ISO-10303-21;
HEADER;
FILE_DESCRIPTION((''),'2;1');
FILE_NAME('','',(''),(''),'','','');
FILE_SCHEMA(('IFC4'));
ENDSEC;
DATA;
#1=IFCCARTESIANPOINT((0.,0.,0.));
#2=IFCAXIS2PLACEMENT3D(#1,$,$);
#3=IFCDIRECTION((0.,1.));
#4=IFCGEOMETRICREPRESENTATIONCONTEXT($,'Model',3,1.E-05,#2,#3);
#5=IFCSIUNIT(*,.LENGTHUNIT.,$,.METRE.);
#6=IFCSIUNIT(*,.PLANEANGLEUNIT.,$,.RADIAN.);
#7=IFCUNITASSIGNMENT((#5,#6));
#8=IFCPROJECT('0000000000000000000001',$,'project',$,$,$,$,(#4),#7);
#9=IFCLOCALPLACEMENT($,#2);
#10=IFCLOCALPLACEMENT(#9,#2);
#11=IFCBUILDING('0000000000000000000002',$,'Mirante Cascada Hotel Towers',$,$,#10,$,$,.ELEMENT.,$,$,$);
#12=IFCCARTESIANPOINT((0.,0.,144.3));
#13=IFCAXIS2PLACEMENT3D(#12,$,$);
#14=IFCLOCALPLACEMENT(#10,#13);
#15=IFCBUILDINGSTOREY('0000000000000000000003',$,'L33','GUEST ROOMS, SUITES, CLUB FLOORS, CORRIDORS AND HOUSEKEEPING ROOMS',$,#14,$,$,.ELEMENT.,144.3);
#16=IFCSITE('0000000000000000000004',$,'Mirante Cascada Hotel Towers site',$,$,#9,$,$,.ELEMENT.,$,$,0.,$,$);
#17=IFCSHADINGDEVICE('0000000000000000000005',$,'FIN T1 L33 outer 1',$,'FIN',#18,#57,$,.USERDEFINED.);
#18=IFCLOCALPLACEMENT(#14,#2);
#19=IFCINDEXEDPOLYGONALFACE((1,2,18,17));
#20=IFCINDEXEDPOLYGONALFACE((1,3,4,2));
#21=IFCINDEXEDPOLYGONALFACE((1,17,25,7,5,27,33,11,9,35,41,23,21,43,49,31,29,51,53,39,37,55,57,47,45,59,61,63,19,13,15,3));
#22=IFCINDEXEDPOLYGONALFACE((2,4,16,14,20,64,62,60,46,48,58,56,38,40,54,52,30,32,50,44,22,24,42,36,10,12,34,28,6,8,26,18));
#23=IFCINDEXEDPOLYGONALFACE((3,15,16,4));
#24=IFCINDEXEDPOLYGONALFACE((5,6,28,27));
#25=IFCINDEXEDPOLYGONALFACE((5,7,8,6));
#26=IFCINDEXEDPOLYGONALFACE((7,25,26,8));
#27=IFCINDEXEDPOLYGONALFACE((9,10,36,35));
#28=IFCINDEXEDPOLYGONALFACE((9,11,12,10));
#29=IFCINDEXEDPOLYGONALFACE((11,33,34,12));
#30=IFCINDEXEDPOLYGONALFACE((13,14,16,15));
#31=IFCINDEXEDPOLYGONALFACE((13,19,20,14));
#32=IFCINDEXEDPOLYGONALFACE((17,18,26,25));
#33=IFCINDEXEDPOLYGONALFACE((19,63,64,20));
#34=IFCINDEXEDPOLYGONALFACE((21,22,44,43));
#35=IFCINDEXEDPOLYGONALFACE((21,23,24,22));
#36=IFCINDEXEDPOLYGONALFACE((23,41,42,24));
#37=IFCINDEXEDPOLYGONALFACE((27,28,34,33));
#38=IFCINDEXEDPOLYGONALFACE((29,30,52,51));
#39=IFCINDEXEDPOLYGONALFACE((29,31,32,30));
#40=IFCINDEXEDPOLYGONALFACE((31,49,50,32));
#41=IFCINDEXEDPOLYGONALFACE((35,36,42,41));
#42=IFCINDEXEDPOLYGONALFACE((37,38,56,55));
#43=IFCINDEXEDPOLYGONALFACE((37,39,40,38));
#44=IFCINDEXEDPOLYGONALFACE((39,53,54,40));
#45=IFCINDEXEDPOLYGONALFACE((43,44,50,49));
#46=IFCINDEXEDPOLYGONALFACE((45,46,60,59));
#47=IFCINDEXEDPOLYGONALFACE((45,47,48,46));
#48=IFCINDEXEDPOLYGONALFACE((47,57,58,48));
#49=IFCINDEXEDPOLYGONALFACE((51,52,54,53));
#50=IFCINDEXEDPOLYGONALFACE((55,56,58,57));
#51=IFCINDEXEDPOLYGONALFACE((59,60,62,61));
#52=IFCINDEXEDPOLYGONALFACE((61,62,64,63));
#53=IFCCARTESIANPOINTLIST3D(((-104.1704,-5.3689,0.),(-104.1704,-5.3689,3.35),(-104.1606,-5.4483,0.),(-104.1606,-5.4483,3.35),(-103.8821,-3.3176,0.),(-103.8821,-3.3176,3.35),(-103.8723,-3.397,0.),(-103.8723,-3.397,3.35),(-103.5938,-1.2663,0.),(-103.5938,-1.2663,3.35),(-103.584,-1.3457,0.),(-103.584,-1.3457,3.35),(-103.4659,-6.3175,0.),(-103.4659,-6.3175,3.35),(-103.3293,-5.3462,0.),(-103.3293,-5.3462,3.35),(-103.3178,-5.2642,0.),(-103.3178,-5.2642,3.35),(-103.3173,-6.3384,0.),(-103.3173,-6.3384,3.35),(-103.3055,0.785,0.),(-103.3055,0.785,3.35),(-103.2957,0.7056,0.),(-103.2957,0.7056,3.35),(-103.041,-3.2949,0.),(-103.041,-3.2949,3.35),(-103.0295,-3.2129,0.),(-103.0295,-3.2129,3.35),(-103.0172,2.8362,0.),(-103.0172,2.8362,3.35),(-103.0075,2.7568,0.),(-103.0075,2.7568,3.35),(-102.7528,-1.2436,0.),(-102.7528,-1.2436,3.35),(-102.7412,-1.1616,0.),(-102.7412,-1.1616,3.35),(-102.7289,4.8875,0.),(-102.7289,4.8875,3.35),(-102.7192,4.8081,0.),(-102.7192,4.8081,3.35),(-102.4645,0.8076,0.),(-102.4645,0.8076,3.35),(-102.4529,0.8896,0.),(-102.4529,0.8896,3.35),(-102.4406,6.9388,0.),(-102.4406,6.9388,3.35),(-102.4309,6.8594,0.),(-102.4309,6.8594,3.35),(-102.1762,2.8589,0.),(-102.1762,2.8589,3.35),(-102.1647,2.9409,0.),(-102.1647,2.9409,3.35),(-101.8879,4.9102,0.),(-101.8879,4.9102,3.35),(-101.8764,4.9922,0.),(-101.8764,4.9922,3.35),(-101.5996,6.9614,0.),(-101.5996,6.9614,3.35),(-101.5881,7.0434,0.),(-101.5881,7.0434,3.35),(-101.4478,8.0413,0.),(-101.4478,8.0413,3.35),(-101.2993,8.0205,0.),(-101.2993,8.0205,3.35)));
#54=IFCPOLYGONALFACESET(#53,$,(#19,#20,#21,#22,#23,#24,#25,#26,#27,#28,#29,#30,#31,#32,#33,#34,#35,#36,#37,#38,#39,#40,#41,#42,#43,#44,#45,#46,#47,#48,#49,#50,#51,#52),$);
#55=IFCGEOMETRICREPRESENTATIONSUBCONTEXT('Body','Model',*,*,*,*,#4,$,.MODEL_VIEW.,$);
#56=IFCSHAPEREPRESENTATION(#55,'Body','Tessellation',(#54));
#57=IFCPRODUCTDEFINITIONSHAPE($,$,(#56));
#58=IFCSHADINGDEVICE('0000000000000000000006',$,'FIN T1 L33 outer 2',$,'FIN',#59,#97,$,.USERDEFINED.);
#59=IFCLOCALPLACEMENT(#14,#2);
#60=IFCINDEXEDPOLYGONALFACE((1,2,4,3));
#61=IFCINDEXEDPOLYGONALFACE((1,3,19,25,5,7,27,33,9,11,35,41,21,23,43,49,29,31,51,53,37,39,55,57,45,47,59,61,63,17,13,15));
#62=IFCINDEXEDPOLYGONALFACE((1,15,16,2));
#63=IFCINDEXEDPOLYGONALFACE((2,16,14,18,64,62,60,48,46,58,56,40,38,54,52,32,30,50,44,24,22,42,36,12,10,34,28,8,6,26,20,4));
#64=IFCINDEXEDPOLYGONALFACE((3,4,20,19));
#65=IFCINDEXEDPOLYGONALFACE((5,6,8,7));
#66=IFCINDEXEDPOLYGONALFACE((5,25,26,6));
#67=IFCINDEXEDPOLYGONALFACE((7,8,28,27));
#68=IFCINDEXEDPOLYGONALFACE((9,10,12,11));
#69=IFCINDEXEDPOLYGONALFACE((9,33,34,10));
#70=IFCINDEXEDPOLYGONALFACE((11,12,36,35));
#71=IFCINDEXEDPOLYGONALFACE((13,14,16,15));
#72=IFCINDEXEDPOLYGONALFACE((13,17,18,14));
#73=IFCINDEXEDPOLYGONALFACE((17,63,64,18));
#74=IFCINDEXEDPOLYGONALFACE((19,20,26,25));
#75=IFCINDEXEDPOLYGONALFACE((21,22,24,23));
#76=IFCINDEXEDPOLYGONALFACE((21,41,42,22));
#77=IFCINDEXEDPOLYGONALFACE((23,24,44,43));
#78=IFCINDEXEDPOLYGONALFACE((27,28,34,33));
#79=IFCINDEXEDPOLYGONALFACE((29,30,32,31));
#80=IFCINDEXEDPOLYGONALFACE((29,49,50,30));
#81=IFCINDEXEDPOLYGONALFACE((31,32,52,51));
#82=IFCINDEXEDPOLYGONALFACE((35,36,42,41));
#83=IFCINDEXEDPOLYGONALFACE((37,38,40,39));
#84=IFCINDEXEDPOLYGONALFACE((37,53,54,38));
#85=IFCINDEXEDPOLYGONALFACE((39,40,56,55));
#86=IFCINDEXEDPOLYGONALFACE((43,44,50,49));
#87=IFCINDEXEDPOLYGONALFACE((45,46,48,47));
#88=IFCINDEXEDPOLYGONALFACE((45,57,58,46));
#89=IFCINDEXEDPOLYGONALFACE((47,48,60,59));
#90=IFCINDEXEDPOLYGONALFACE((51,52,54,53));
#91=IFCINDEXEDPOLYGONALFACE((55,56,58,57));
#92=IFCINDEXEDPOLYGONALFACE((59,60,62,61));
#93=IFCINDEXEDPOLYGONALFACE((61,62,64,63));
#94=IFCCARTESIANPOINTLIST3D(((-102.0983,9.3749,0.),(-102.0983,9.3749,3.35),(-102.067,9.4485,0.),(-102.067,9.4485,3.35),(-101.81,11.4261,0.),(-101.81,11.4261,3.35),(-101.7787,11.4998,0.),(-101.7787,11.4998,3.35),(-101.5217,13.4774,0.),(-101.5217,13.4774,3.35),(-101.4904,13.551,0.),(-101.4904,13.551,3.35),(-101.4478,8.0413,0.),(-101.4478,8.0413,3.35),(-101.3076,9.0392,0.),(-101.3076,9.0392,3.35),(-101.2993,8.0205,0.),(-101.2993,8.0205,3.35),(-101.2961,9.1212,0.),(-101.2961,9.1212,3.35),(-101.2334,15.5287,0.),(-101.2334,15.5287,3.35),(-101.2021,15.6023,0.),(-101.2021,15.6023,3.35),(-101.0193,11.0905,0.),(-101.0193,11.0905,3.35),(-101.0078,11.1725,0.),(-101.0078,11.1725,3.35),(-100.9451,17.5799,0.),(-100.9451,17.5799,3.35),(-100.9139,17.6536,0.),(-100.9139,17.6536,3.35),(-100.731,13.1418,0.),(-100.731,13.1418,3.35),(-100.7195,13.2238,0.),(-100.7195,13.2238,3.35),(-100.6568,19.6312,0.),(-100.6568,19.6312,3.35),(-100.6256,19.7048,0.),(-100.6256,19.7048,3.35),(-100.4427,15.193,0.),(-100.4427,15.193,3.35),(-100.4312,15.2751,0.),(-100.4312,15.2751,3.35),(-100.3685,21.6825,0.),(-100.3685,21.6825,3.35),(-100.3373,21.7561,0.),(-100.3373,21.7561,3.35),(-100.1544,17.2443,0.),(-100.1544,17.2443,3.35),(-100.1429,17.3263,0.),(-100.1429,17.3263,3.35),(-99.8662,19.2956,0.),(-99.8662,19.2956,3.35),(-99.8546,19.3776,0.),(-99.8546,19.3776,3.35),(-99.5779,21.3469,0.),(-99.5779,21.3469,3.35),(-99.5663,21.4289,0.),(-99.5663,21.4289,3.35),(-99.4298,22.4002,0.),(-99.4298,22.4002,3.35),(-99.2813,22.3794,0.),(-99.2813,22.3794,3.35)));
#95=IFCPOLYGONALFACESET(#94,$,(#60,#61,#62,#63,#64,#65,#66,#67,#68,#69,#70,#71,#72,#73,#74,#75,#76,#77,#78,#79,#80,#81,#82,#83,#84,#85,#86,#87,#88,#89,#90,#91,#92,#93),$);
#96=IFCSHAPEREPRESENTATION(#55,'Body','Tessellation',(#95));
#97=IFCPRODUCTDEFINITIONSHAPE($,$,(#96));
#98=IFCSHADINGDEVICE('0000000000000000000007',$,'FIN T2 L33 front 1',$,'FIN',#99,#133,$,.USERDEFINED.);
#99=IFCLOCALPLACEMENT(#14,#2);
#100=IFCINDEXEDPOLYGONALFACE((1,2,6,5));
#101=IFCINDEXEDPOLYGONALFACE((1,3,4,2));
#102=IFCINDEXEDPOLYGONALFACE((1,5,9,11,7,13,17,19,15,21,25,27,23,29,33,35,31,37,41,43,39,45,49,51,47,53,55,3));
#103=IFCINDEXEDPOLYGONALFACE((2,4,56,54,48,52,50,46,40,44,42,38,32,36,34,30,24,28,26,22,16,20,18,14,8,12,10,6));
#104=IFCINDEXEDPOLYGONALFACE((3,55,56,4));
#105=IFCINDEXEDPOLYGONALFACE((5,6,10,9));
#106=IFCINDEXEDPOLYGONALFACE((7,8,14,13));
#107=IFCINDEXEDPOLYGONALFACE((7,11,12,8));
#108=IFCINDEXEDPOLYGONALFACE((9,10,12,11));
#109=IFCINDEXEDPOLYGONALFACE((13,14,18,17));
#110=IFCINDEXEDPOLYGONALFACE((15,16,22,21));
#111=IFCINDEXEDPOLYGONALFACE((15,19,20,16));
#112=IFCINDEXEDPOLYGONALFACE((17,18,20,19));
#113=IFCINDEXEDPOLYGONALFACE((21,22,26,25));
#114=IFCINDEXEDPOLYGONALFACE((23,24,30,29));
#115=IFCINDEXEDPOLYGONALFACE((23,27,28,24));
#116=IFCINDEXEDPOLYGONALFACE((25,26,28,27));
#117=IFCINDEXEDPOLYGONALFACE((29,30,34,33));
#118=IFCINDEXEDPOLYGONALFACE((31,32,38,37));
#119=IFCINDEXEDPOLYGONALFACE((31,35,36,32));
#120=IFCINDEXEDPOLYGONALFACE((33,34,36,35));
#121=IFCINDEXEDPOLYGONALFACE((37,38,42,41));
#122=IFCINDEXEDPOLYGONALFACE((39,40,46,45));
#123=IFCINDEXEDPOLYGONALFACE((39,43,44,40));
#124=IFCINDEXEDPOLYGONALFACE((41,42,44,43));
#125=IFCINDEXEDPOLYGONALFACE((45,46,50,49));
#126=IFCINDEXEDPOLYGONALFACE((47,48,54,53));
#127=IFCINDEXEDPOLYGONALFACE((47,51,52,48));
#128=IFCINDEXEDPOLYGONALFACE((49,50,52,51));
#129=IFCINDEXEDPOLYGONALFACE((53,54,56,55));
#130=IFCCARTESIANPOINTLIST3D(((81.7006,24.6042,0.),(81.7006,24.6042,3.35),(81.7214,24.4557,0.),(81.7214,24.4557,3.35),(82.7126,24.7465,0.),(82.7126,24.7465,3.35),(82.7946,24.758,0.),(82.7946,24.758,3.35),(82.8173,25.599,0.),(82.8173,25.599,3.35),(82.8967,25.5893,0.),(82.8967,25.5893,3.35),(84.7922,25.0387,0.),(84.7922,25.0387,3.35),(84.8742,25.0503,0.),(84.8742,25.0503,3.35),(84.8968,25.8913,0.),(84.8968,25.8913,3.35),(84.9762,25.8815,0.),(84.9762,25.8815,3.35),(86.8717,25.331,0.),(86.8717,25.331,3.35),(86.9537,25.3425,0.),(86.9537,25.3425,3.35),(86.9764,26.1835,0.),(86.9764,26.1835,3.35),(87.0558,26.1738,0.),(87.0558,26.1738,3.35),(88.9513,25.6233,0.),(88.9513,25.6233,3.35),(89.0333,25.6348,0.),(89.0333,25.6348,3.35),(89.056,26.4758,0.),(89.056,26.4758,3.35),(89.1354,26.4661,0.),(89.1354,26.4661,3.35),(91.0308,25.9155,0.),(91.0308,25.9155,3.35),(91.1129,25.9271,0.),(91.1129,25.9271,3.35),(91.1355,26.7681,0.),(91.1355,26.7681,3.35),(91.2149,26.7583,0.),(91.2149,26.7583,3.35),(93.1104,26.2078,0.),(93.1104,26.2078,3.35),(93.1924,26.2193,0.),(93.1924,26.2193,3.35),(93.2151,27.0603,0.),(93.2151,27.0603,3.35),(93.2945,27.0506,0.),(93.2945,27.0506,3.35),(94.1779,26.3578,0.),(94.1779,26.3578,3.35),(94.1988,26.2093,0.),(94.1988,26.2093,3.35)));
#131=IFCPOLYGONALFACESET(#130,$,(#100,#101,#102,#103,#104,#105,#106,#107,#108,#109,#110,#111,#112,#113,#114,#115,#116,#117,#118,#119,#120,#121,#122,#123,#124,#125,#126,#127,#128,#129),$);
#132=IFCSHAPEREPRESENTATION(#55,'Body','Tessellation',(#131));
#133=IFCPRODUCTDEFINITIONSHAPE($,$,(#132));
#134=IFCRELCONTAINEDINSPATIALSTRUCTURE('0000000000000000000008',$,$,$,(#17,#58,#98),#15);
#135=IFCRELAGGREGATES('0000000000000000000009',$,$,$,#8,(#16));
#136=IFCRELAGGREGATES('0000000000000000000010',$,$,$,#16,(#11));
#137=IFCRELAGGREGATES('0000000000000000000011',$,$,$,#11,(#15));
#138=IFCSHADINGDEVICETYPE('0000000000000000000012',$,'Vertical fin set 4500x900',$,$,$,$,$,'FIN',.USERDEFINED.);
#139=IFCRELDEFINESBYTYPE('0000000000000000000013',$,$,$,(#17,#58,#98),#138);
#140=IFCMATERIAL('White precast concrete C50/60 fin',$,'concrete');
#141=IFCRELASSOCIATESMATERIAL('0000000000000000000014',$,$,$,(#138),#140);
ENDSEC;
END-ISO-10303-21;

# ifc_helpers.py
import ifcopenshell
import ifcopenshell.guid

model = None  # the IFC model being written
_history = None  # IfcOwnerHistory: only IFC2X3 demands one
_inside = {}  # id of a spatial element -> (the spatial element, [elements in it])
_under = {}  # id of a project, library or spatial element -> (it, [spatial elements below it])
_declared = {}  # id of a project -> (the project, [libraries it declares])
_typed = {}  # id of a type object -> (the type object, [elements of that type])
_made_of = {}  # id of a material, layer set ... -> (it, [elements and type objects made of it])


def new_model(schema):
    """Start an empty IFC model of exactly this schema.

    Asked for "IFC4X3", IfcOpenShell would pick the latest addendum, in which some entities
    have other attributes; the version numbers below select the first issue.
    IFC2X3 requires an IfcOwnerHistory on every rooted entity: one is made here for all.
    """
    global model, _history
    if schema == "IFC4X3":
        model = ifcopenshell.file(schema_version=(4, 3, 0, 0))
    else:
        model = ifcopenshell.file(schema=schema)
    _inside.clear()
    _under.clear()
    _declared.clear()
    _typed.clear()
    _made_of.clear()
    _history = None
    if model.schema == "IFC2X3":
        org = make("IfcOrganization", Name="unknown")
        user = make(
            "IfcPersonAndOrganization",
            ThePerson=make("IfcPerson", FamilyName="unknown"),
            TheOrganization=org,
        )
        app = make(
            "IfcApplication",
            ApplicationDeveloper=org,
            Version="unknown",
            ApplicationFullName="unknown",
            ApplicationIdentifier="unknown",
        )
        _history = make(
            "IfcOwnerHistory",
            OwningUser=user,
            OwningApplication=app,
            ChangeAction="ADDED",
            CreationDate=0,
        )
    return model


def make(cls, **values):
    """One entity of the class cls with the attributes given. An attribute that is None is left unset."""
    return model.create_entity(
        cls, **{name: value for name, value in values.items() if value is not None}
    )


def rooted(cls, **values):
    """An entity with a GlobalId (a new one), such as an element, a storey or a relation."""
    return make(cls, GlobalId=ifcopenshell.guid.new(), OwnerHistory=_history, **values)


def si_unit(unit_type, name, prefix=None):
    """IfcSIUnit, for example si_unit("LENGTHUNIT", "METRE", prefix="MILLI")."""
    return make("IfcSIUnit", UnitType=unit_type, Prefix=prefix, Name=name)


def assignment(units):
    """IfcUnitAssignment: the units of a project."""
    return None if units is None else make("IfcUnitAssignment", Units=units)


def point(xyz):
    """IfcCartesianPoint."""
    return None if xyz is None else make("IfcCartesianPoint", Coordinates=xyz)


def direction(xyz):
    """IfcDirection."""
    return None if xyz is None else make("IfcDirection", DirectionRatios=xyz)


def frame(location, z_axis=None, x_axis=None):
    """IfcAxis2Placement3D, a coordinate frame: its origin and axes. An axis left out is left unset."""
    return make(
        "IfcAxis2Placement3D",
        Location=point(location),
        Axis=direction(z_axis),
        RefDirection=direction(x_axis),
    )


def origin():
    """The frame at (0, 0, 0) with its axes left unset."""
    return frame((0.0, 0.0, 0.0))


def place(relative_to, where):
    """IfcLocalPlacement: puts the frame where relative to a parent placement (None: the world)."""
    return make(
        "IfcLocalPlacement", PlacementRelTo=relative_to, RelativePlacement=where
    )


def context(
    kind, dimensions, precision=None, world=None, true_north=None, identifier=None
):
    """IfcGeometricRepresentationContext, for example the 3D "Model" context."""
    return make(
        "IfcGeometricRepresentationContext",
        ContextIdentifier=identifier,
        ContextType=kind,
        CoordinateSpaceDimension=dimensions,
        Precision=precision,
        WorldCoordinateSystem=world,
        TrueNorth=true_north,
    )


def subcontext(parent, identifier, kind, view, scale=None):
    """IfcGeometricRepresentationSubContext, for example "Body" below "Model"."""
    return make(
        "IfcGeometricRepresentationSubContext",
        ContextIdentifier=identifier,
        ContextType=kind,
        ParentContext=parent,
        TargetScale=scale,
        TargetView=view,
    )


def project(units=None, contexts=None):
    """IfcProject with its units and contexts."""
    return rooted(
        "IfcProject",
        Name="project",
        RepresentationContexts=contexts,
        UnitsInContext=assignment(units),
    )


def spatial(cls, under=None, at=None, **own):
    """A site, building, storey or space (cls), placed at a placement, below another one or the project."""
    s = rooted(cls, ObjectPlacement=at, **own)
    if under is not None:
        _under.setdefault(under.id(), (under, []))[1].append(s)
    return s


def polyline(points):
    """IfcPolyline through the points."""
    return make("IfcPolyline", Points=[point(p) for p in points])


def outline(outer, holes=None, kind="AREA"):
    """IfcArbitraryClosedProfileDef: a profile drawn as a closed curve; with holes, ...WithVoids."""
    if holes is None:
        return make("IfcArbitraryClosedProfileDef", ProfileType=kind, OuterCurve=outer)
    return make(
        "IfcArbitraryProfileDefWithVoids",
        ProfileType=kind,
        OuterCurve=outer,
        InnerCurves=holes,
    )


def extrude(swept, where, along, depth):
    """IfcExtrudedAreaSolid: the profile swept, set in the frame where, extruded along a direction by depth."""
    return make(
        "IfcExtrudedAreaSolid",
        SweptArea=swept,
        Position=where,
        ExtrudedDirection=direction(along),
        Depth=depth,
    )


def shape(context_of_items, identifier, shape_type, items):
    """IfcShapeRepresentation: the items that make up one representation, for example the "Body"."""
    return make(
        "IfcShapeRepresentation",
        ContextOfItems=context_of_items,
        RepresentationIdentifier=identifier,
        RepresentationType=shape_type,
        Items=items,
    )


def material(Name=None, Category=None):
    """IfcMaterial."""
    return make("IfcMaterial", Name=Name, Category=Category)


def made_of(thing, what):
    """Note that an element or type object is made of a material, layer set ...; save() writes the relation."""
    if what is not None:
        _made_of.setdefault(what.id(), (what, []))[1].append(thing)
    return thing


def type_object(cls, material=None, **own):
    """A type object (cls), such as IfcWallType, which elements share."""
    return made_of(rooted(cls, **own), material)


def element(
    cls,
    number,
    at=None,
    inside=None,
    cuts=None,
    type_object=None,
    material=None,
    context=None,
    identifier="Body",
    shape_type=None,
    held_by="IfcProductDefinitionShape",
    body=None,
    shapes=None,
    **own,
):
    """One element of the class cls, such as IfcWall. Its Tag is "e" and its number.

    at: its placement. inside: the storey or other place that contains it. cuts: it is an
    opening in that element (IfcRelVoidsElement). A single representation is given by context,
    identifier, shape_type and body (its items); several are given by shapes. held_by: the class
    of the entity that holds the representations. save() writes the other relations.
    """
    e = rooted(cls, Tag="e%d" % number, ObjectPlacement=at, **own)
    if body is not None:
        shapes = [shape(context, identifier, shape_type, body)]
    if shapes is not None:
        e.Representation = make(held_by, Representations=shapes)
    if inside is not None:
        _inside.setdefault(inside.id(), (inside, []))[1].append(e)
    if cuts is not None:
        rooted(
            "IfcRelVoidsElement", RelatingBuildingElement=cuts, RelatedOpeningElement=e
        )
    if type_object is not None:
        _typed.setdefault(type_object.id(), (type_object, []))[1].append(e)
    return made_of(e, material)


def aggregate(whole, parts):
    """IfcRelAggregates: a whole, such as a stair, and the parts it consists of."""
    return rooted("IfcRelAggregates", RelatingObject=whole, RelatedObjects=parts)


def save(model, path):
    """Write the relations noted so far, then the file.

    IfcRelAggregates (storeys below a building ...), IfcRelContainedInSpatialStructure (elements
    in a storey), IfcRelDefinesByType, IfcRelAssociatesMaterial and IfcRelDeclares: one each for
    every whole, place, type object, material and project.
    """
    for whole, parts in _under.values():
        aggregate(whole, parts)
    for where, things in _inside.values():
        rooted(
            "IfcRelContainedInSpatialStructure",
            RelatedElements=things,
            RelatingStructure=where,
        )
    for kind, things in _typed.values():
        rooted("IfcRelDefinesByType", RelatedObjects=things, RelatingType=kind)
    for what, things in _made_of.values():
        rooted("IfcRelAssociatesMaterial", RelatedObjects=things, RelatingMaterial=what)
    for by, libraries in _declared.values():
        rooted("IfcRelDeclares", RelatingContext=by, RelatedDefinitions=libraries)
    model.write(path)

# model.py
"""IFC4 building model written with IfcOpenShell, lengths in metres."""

from ifc_helpers import new_model, si_unit, direction, frame, origin, place, context, subcontext, project, spatial, polyline, outline, extrude, material, type_object, element, save


model = new_model("IFC4")

# Units and contexts
model_context = context("Model", 3, precision=1e-05, world=origin(), true_north=direction((0.0, 1.0)))
body_context = subcontext(model_context, "Body", "Model", "MODEL_VIEW")
ifc_project = project(units=[si_unit("LENGTHUNIT", "METRE"), si_unit("PLANEANGLEUNIT", "RADIAN")], contexts=[model_context])

# Site, building, storey
site_placement = place(None, origin())
site = spatial("IfcSite", under=ifc_project, at=site_placement, Name="Mirante Cascada Hotel Towers site", CompositionType="ELEMENT", RefElevation=0.0)
building_placement = place(site_placement, origin())
building = spatial("IfcBuilding", under=site, at=building_placement, Name="Mirante Cascada Hotel Towers", CompositionType="ELEMENT")
storey_placement = place(building_placement, frame((0.0, 0.0, 144.3)))
storey = spatial("IfcBuildingStorey", under=building, at=storey_placement, Name="L33", Description="GUEST ROOMS, SUITES, CLUB FLOORS, CORRIDORS AND HOUSEKEEPING ROOMS", CompositionType="ELEMENT", Elevation=144.3)

# Shading devices
ifc_material_1 = material(Name="White precast concrete C50/60 fin", Category="concrete")
shading_device_type = type_object("IfcShadingDeviceType", Name="Vertical fin set 4500x900", ElementType="FIN", PredefinedType="USERDEFINED", material=ifc_material_1)
shading_device_1_placement = place(storey_placement, origin())
element("IfcShadingDevice", 1, at=shading_device_1_placement, inside=storey, type_object=shading_device_type, Name="FIN T1 L33 outer 1", ObjectType="FIN", PredefinedType="USERDEFINED", context=body_context, shape_type="SweptSolid", body=[
    extrude(outline(polyline([(-103.3178, -5.2642), (-103.041, -3.2949), (-103.8723, -3.397), (-103.8821, -3.3176), (-103.0295, -3.2129), (-102.7528, -1.2436), (-103.584, -1.3457), (-103.5938, -1.2663), (-102.7412, -1.1616), (-102.4645, 0.8076), (-103.2957, 0.7056), (-103.3055, 0.785), (-102.4529, 0.8896), (-102.1762, 2.8589), (-103.0075, 2.7568), (-103.0172, 2.8362), (-102.1647, 2.9409), (-101.8879, 4.9102), (-102.7192, 4.8081), (-102.7289, 4.8875), (-101.8764, 4.9922), (-101.5996, 6.9614), (-102.4309, 6.8594), (-102.4406, 6.9388), (-101.5881, 7.0434), (-101.4478, 8.0413), (-101.2993, 8.0205), (-103.3173, -6.3384), (-103.4659, -6.3175), (-103.3293, -5.3462), (-104.1606, -5.4483), (-104.1704, -5.3689), (-103.3178, -5.2642)])), origin(), (0.0, 0.0, 1.0), 3.35),
])
shading_device_2_placement = place(storey_placement, origin())
element("IfcShadingDevice", 2, at=shading_device_2_placement, inside=storey, type_object=shading_device_type, Name="FIN T1 L33 outer 2", ObjectType="FIN", PredefinedType="USERDEFINED", context=body_context, shape_type="SweptSolid", body=[
    extrude(outline(polyline([(-101.2961, 9.1212), (-101.0193, 11.0905), (-101.81, 11.4261), (-101.7787, 11.4998), (-101.0078, 11.1725), (-100.731, 13.1418), (-101.5217, 13.4774), (-101.4904, 13.551), (-100.7195, 13.2238), (-100.4427, 15.193), (-101.2334, 15.5287), (-101.2021, 15.6023), (-100.4312, 15.2751), (-100.1544, 17.2443), (-100.9451, 17.5799), (-100.9139, 17.6536), (-100.1429, 17.3263), (-99.8662, 19.2956), (-100.6568, 19.6312), (-100.6256, 19.7048), (-99.8546, 19.3776), (-99.5779, 21.3469), (-100.3685, 21.6825), (-100.3373, 21.7561), (-99.5663, 21.4289), (-99.4298, 22.4002), (-99.2813, 22.3794), (-101.2993, 8.0205), (-101.4478, 8.0413), (-101.3076, 9.0392), (-102.0983, 9.3749), (-102.067, 9.4485), (-101.2961, 9.1212)])), origin(), (0.0, 0.0, 1.0), 3.35),
])
shading_device_3_placement = place(storey_placement, origin())
element("IfcShadingDevice", 3, at=shading_device_3_placement, inside=storey, type_object=shading_device_type, Name="FIN T2 L33 front 1", ObjectType="FIN", PredefinedType="USERDEFINED", context=body_context, shape_type="SweptSolid", body=[
    extrude(outline(polyline([(82.8967, 25.5893), (82.7946, 24.758), (84.7922, 25.0387), (84.8968, 25.8913), (84.9762, 25.8815), (84.8742, 25.0503), (86.8717, 25.331), (86.9764, 26.1835), (87.0558, 26.1738), (86.9537, 25.3425), (88.9513, 25.6233), (89.056, 26.4758), (89.1354, 26.4661), (89.0333, 25.6348), (91.0308, 25.9155), (91.1355, 26.7681), (91.2149, 26.7583), (91.1129, 25.9271), (93.1104, 26.2078), (93.2151, 27.0603), (93.2945, 27.0506), (93.1924, 26.2193), (94.1779, 26.3578), (94.1988, 26.2093), (81.7214, 24.4557), (81.7006, 24.6042), (82.7126, 24.7465), (82.8173, 25.599), (82.8967, 25.5893)])), origin(), (0.0, 0.0, 1.0), 3.35),
])

save(model, "model.ifc")
